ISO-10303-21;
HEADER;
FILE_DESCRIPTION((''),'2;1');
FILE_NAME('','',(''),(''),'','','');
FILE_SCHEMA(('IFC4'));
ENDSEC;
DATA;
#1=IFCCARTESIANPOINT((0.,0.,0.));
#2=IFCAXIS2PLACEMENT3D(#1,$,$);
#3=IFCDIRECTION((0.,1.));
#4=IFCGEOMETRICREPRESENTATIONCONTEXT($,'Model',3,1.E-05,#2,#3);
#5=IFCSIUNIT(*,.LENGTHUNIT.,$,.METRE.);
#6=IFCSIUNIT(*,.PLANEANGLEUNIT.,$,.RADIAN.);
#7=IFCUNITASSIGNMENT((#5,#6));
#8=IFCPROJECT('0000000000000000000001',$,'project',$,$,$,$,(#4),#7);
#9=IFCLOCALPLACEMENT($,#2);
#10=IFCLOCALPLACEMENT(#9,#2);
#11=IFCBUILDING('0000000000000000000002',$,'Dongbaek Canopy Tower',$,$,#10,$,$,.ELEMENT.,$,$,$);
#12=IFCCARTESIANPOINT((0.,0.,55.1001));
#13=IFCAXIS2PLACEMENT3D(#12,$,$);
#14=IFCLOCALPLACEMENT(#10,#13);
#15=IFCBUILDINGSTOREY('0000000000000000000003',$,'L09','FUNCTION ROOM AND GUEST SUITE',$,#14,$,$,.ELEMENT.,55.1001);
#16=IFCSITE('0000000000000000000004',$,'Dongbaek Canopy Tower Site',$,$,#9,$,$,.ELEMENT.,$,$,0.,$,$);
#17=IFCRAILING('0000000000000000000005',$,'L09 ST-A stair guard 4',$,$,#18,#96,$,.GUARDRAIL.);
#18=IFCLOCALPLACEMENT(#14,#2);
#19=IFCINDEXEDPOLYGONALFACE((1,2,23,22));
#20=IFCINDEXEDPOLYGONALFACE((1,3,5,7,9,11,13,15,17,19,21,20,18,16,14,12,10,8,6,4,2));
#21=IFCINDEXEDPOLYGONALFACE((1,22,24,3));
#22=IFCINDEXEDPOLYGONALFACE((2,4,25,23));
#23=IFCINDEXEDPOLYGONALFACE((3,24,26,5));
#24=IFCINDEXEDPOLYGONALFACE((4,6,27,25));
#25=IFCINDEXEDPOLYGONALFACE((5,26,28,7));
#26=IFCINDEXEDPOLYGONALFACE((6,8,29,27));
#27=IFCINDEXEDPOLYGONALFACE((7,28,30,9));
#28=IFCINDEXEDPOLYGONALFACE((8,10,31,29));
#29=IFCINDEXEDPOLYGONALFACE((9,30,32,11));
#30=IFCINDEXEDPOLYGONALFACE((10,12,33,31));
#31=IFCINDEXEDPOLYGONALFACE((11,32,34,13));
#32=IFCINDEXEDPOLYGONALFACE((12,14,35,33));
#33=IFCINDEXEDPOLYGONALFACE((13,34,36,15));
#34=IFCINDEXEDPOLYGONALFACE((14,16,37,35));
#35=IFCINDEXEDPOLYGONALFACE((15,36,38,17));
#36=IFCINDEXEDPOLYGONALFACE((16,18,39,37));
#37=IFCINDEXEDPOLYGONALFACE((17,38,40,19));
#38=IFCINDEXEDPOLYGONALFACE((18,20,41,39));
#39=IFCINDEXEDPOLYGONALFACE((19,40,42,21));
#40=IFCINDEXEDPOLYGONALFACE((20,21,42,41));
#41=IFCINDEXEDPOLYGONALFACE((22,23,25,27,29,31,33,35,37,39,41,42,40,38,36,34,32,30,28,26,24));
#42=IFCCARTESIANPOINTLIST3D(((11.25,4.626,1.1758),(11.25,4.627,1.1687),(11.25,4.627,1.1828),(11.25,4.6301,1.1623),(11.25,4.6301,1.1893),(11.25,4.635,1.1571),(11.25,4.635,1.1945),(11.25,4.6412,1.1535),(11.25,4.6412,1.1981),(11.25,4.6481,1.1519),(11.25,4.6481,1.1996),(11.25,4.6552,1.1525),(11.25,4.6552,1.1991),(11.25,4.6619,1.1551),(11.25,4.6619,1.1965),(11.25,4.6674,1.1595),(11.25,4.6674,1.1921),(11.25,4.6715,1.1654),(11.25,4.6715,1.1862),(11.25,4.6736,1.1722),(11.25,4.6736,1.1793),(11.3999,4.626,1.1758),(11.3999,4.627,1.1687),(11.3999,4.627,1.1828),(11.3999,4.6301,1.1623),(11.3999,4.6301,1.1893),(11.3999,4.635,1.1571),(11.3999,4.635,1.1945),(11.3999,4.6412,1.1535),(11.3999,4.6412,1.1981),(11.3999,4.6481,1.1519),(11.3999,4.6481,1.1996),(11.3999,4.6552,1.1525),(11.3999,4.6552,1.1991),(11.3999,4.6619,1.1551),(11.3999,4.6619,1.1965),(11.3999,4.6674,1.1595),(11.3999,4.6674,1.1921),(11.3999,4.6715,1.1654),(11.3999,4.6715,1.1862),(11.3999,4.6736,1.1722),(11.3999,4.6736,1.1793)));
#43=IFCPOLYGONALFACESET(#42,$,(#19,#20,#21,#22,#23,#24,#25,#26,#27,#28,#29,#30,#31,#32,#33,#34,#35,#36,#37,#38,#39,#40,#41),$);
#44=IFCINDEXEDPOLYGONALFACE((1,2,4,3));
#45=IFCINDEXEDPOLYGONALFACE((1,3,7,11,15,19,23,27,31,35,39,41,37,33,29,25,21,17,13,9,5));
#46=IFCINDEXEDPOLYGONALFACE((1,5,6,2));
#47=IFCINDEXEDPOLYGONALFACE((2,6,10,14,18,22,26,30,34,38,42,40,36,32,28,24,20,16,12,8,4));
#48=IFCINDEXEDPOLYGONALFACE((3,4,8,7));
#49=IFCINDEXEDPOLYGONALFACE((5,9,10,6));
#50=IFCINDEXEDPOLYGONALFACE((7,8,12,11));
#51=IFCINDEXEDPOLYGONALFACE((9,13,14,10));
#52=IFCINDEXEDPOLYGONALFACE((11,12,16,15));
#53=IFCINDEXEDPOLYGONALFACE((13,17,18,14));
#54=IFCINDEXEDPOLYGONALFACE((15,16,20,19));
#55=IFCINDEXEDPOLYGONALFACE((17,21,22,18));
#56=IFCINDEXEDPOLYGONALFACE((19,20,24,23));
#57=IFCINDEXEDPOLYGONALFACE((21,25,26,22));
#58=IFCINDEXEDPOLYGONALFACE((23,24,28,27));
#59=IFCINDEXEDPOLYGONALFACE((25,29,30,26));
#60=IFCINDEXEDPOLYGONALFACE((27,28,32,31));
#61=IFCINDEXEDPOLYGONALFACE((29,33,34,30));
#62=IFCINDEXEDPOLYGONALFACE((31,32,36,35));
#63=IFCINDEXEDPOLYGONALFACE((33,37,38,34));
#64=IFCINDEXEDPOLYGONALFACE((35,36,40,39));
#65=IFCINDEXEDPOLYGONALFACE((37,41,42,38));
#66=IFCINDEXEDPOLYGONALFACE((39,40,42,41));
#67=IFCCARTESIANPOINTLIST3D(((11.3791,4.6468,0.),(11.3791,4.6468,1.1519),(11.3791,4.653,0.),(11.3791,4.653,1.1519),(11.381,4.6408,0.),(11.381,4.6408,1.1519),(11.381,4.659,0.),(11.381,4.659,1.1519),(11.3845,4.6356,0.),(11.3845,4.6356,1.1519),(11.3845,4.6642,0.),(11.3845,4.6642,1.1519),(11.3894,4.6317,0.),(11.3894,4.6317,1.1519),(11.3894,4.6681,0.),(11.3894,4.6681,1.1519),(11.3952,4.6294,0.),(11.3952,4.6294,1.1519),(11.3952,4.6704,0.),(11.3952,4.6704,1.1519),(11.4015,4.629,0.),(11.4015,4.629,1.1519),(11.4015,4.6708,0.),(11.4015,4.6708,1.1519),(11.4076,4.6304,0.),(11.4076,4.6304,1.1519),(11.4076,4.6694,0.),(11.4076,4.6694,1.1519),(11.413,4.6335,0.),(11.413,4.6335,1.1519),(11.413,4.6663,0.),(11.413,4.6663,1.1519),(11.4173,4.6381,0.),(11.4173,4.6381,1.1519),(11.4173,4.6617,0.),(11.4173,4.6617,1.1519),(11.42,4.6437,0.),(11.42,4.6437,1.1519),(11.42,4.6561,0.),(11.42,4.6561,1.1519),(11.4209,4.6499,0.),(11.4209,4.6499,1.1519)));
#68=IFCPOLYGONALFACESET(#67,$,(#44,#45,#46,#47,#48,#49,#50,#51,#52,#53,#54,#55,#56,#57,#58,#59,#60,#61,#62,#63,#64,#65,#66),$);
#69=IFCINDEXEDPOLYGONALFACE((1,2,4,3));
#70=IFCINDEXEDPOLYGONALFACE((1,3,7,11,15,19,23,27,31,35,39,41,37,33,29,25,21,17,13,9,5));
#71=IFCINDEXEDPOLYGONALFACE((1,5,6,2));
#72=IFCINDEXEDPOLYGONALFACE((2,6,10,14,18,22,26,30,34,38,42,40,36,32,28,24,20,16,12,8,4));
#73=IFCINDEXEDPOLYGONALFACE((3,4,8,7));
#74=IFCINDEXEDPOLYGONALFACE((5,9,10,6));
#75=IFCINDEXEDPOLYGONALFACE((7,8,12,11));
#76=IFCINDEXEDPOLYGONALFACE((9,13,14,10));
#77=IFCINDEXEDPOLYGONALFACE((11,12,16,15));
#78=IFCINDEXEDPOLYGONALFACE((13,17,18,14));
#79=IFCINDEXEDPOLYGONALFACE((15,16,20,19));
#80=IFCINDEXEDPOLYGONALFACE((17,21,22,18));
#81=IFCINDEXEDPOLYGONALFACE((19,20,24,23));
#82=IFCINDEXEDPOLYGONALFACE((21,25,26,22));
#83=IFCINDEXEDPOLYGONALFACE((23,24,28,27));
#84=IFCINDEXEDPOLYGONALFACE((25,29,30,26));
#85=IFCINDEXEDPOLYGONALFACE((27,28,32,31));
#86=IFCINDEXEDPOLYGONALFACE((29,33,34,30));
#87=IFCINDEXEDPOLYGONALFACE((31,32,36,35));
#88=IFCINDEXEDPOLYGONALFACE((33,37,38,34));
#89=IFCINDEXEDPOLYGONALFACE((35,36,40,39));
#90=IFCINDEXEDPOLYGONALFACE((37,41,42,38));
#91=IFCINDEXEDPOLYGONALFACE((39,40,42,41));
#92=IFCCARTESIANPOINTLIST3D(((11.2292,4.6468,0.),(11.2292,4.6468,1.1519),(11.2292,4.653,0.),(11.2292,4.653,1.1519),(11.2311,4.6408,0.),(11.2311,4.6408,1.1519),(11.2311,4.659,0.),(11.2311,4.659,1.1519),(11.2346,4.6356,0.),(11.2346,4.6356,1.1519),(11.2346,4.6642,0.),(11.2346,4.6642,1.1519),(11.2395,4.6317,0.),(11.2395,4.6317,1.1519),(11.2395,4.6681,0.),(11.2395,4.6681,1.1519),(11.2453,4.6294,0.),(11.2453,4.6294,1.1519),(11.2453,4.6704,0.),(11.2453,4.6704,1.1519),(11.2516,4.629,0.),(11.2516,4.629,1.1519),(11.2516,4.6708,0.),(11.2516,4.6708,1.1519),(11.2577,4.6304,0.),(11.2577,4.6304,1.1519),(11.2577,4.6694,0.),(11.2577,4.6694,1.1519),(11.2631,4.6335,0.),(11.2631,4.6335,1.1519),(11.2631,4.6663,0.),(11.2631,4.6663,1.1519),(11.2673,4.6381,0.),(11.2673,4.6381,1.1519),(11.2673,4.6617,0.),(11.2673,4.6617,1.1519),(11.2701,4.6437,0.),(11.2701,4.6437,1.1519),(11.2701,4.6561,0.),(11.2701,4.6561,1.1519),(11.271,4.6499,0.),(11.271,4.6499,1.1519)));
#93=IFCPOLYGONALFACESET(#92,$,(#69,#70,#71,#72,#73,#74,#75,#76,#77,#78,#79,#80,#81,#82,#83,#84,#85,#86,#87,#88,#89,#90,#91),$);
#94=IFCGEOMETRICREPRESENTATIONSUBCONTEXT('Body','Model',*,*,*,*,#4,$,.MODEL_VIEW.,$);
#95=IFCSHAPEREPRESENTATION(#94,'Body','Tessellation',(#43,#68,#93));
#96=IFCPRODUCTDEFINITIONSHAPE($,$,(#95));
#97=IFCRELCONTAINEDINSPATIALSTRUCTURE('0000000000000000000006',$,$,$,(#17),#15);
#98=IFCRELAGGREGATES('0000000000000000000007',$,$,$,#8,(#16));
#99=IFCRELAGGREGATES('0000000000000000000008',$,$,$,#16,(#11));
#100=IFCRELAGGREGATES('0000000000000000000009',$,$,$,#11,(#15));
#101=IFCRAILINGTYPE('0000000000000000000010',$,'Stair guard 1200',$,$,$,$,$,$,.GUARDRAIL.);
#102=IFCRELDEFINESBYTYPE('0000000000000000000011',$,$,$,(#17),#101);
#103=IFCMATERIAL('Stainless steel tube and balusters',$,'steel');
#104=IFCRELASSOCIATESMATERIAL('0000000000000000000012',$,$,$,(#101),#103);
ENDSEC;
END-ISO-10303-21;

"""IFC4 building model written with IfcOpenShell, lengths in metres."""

from ifc_helpers import new_model, si_unit, direction, frame, origin, origin_2d, place, context, subcontext, project, spatial, circle, extrude, material, type_object, element, save


model = new_model("IFC4")

# Units and contexts
model_context = context("Model", 3, precision=1e-05, world=origin(), true_north=direction((0.0, 1.0)))
body_context = subcontext(model_context, "Body", "Model", "MODEL_VIEW")
ifc_project = project(units=[si_unit("LENGTHUNIT", "METRE"), si_unit("PLANEANGLEUNIT", "RADIAN")], contexts=[model_context])

# Site, building, storey
site_placement = place(None, origin())
site = spatial("IfcSite", under=ifc_project, at=site_placement, Name="Dongbaek Canopy Tower Site", CompositionType="ELEMENT", RefElevation=0.0)
building_placement = place(site_placement, origin())
building = spatial("IfcBuilding", under=site, at=building_placement, Name="Dongbaek Canopy Tower", CompositionType="ELEMENT")
storey_placement = place(building_placement, frame((0.0, 0.0, 55.1001)))
storey = spatial("IfcBuildingStorey", under=building, at=storey_placement, Name="L09", Description="FUNCTION ROOM AND GUEST SUITE", CompositionType="ELEMENT", Elevation=55.1001)

# Railing
ifc_material_1 = material(Name="Stainless steel tube and balusters", Category="steel")
railing_type_1 = type_object("IfcRailingType", Name="Stair guard 1200", PredefinedType="GUARDRAIL", material=ifc_material_1)
railing_1_placement = place(storey_placement, frame((11.3999, 4.6499, 0.0)))
element("IfcRailing", 1, at=railing_1_placement, inside=storey, type_object=railing_type_1, Name="L09 ST-A stair guard 4", PredefinedType="GUARDRAIL", context=body_context, shape_type="SweptSolid", body=[
    extrude(circle(Radius=0.0239, at=origin_2d()), frame((0.0, 0.0, 1.1758), z_axis=(-1.0, 0.0, 0.0), x_axis=(0.0, -1.0, 0.0)), (0.0, 0.0, 1.0), 0.1499),
    extrude(circle(Radius=0.021, at=origin_2d()), origin(), (0.0, 0.0, 1.0), 1.1519),
    extrude(circle(Radius=0.021, at=origin_2d()), frame((-0.1499, 0.0, 0.0)), (0.0, 0.0, 1.0), 1.1519),
])

save(model, "model.ifc")
